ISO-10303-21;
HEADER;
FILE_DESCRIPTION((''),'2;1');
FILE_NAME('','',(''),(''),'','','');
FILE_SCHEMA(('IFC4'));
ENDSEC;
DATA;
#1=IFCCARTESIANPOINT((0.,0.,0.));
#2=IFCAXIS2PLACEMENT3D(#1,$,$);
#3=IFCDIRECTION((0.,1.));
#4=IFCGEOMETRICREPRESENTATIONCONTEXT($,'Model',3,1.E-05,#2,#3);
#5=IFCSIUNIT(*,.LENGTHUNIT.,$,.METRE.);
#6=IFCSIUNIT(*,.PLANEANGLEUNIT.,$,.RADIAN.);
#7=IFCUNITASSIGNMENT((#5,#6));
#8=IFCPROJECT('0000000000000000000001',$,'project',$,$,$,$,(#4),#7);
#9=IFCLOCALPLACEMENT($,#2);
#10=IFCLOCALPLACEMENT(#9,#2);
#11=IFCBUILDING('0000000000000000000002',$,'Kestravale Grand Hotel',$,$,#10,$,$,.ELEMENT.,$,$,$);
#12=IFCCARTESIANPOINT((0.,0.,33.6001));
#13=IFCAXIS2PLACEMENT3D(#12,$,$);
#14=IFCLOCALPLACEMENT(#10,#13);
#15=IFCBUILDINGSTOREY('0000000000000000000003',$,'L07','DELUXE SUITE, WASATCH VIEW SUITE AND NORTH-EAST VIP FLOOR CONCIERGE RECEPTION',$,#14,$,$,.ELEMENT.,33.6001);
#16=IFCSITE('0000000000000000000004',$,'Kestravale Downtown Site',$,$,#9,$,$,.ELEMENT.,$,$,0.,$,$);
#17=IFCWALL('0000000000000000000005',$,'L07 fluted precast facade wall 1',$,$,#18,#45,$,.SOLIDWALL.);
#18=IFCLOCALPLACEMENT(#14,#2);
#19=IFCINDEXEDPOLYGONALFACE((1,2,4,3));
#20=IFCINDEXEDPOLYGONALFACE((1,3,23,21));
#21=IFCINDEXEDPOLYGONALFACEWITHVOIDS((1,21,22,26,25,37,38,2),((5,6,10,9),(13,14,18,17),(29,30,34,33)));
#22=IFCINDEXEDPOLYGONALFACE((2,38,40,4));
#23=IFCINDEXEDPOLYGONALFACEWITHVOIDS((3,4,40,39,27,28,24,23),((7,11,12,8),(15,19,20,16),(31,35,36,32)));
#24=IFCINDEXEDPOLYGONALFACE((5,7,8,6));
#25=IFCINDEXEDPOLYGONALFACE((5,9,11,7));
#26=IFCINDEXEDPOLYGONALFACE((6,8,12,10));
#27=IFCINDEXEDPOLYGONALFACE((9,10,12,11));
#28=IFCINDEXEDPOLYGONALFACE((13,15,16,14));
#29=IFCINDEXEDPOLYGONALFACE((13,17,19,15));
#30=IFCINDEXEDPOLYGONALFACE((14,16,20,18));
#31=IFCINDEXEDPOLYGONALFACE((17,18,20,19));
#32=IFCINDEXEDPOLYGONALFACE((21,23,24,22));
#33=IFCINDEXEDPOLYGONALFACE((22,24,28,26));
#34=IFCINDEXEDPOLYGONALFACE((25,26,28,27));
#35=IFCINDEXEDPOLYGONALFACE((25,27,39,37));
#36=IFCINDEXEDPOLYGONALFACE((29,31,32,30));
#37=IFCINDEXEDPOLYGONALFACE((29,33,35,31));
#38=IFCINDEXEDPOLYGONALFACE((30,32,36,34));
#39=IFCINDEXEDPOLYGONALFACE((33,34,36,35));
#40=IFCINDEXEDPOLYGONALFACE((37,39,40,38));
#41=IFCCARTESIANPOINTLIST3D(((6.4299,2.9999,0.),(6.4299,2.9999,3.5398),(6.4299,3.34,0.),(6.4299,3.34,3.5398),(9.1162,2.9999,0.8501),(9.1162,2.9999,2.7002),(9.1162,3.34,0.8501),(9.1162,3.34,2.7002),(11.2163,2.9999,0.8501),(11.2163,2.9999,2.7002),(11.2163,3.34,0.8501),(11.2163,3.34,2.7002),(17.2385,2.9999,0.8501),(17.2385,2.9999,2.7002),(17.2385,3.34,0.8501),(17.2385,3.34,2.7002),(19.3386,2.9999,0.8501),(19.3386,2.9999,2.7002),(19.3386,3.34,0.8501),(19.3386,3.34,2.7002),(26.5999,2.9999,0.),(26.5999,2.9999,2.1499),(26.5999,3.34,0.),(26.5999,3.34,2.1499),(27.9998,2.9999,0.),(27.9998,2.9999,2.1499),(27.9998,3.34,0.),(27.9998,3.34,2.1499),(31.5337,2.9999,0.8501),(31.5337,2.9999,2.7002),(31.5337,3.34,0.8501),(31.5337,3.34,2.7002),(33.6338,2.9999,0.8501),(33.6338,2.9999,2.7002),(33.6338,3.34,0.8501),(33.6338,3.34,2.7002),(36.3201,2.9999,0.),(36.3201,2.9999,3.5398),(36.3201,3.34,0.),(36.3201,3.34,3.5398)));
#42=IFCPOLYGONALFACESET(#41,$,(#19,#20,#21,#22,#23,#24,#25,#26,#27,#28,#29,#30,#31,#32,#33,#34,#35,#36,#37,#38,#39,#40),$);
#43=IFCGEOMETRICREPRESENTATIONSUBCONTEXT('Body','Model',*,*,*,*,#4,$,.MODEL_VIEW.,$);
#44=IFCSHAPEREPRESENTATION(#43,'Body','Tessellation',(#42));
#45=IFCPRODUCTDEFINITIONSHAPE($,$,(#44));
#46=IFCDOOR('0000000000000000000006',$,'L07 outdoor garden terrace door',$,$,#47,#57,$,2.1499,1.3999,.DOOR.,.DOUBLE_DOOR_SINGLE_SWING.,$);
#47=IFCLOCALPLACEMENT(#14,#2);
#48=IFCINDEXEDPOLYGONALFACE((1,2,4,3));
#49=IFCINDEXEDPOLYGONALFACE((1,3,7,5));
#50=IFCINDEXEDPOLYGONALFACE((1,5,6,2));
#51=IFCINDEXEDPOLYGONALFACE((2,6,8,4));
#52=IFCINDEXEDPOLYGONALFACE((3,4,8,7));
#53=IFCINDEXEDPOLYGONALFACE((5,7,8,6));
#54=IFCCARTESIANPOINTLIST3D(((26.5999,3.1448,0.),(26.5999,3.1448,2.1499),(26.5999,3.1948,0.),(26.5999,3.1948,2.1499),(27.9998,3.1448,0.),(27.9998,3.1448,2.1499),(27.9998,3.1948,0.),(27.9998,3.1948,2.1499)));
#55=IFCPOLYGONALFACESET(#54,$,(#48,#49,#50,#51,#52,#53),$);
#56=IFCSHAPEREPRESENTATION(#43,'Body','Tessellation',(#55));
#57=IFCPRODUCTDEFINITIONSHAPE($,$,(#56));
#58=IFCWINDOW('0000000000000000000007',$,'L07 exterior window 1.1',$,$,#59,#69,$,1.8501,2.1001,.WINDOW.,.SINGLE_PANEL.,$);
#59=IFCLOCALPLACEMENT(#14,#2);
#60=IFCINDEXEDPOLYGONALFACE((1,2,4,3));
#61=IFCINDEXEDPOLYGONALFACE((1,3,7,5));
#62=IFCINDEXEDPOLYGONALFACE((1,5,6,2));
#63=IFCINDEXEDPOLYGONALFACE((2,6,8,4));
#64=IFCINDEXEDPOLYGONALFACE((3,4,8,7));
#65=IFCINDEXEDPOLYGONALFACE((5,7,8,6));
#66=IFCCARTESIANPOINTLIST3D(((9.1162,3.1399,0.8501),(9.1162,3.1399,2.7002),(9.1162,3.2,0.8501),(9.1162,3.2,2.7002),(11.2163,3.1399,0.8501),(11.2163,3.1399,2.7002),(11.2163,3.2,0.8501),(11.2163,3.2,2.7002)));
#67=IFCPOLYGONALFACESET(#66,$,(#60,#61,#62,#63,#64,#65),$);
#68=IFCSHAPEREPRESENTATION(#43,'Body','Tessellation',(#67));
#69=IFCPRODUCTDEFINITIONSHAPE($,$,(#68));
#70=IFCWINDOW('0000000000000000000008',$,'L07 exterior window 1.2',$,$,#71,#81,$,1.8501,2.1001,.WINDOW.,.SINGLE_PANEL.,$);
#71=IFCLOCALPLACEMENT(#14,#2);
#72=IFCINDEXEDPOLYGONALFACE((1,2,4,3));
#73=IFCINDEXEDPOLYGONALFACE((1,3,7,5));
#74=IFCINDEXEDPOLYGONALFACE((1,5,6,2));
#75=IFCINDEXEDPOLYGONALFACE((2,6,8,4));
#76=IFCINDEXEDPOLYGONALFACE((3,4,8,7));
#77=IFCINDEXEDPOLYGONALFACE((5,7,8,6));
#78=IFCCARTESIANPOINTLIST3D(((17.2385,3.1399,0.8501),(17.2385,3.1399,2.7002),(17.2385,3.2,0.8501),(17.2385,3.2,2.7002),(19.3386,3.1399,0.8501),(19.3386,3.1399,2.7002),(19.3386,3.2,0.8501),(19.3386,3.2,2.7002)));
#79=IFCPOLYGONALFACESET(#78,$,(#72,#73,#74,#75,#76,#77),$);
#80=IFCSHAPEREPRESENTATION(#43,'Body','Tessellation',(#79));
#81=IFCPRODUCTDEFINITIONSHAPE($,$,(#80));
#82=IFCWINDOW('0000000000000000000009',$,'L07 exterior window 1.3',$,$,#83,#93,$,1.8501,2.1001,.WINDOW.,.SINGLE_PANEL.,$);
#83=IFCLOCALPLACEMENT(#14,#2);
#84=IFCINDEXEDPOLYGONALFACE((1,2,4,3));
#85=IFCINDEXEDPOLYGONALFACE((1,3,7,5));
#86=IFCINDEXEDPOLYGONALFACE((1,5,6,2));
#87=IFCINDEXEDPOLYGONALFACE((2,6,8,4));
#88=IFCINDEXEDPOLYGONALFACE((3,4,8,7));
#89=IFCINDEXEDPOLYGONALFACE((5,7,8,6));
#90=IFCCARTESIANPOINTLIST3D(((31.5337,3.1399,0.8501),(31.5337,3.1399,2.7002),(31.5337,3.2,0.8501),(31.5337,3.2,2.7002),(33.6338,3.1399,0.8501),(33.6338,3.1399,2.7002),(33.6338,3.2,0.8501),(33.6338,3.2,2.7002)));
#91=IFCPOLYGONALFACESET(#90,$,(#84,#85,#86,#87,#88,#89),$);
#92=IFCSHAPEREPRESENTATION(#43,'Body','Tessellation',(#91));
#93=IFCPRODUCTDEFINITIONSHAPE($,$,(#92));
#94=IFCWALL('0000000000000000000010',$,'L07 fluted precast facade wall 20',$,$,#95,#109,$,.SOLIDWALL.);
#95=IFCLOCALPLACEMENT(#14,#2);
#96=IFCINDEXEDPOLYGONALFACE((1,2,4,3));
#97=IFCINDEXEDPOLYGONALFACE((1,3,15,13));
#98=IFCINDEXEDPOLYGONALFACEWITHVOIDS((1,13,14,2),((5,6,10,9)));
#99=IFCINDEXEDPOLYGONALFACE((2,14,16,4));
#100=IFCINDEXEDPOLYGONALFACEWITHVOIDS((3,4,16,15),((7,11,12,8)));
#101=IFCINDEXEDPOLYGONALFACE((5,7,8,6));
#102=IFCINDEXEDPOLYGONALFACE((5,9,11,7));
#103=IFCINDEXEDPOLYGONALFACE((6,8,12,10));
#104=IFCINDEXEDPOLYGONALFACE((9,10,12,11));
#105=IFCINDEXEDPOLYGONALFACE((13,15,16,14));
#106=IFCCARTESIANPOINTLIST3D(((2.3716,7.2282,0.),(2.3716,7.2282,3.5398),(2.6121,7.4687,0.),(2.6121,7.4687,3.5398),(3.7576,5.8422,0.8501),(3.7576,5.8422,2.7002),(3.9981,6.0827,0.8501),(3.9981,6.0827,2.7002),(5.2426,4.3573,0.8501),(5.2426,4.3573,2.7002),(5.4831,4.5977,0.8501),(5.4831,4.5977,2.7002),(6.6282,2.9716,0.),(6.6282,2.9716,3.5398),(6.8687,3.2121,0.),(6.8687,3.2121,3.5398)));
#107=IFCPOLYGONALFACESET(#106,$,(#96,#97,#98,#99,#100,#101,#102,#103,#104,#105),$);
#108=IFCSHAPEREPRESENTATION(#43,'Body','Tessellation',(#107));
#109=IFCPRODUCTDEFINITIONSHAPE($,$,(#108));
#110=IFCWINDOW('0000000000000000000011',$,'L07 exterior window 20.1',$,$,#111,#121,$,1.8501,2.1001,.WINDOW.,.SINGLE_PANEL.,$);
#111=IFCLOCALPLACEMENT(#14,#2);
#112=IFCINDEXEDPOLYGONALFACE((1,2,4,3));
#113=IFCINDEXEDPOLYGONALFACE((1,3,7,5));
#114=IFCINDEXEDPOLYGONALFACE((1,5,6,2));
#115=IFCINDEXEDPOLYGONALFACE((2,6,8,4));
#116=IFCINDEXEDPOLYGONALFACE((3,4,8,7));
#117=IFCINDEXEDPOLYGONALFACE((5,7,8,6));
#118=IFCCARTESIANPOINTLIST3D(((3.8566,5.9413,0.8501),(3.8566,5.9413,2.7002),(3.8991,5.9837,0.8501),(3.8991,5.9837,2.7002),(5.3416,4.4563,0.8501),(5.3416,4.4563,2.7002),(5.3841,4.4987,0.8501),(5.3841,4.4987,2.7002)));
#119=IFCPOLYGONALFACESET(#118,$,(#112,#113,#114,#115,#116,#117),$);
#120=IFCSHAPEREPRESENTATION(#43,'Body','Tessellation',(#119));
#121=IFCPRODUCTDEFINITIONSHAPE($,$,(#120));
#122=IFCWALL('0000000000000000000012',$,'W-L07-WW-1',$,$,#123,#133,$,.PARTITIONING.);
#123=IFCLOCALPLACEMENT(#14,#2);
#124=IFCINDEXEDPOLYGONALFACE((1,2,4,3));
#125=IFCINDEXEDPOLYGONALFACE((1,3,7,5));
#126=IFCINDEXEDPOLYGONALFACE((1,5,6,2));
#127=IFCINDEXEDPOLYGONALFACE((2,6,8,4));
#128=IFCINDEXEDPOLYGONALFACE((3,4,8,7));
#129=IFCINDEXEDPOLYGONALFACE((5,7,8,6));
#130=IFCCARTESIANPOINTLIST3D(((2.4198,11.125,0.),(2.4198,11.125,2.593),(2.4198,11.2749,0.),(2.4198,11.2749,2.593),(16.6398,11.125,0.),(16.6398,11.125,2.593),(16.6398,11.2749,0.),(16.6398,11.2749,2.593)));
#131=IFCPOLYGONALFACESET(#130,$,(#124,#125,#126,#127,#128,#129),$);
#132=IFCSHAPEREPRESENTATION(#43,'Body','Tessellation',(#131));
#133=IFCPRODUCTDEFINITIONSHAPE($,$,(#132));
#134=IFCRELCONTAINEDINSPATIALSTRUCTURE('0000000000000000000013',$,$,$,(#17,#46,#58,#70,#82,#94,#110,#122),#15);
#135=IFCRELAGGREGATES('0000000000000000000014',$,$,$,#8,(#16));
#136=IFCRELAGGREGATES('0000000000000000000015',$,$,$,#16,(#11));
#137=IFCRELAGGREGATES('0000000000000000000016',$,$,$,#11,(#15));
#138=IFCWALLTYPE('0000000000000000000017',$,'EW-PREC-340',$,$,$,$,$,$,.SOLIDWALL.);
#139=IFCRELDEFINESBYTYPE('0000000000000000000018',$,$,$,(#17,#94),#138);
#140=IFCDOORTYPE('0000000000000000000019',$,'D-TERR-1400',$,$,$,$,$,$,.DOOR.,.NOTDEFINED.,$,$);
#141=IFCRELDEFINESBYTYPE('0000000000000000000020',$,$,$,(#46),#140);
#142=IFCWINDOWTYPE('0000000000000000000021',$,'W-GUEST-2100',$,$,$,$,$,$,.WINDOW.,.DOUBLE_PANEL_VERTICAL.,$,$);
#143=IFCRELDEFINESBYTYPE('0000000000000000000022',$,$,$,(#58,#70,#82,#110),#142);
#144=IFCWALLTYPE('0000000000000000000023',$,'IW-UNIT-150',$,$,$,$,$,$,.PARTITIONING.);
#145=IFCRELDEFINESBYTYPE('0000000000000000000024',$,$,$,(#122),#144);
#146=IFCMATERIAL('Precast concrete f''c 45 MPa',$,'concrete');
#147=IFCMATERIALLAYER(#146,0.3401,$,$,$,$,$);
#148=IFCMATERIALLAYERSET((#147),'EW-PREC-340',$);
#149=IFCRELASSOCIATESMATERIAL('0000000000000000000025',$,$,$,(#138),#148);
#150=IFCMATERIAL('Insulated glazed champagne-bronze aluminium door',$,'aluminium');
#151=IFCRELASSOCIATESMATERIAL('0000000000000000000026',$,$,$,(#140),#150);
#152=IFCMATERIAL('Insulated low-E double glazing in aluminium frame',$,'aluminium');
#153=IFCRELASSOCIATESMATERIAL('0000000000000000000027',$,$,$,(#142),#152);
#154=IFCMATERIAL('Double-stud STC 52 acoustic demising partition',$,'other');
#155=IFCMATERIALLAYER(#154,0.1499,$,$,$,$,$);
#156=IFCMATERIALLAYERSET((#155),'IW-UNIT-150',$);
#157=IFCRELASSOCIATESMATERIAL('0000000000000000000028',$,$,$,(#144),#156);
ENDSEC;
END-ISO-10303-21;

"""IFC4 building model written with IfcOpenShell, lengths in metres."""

from ifc_helpers import new_model, si_unit, direction, frame, frame_2d, origin, place, context, subcontext, project, spatial, rectangle, extrude, material, layer, layer_set, type_object, element, fill, save


model = new_model("IFC4")

# Units and contexts
model_context = context("Model", 3, precision=1e-05, world=origin(), true_north=direction((0.0, 1.0)))
body_context = subcontext(model_context, "Body", "Model", "MODEL_VIEW")
ifc_project = project(units=[si_unit("LENGTHUNIT", "METRE"), si_unit("PLANEANGLEUNIT", "RADIAN")], contexts=[model_context])

# Site, building, storey
site_placement = place(None, origin())
site = spatial("IfcSite", under=ifc_project, at=site_placement, Name="Kestravale Downtown Site", CompositionType="ELEMENT", RefElevation=0.0)
building_placement = place(site_placement, origin())
building = spatial("IfcBuilding", under=site, at=building_placement, Name="Kestravale Grand Hotel", CompositionType="ELEMENT")
storey_placement = place(building_placement, frame((0.0, 0.0, 33.6001)))
storey = spatial("IfcBuildingStorey", under=building, at=storey_placement, Name="L07", Description="DELUXE SUITE, WASATCH VIEW SUITE AND NORTH-EAST VIP FLOOR CONCIERGE RECEPTION", CompositionType="ELEMENT", Elevation=33.6001)

# Wall, openings, door, windows
ifc_material_1 = material(Name="Precast concrete f'c 45 MPa", Category="concrete")
ifc_layer_1 = layer(ifc_material_1, 0.3401)
ifc_layer_set_1 = layer_set([ifc_layer_1], Name="EW-PREC-340")
wall_type_1 = type_object("IfcWallType", Name="EW-PREC-340", PredefinedType="SOLIDWALL", material=ifc_layer_set_1)
wall_1_placement = place(storey_placement, frame((6.4299, 3.1699, 0.0), z_axis=(0.0, 0.0, 1.0), x_axis=(1.0, 0.0, 0.0)))
wall_1 = element("IfcWall", 1, at=wall_1_placement, inside=storey, type_object=wall_type_1, Name="L07 fluted precast facade wall 1", PredefinedType="SOLIDWALL", context=body_context, shape_type="SweptSolid", body=[
    extrude(rectangle(XDim=29.8901, YDim=0.3401, at=frame_2d((14.9451, 0.0))), origin(), (0.0, 0.0, 1.0), 3.5398),
])
opening_1_placement = place(wall_1_placement, frame((20.1699, 0.0, 0.0)))
opening_1 = element("IfcOpeningElement", 2, at=opening_1_placement, cuts=wall_1, PredefinedType="OPENING", context=body_context, shape_type="SweptSolid", body=[
    extrude(rectangle(XDim=1.3999, YDim=2.1499, at=frame_2d((0.7, 1.075))), frame((0.0, 0.1799, 0.0), z_axis=(0.0, -1.0, 0.0), x_axis=(1.0, 0.0, 0.0)), (0.0, 0.0, 1.0), 0.3601),
])
opening_2_placement = place(wall_1_placement, frame((2.6863, 0.0, 0.8501)))
opening_2 = element("IfcOpeningElement", 3, at=opening_2_placement, cuts=wall_1, PredefinedType="OPENING", context=body_context, shape_type="SweptSolid", body=[
    extrude(rectangle(XDim=2.1001, YDim=1.8501, at=frame_2d((1.05, 0.925))), frame((0.0, 0.1799, 0.0), z_axis=(0.0, -1.0, 0.0), x_axis=(1.0, 0.0, 0.0)), (0.0, 0.0, 1.0), 0.3601),
])
opening_3_placement = place(wall_1_placement, frame((10.8086, 0.0, 0.8501)))
opening_3 = element("IfcOpeningElement", 4, at=opening_3_placement, cuts=wall_1, PredefinedType="OPENING", context=body_context, shape_type="SweptSolid", body=[
    extrude(rectangle(XDim=2.1001, YDim=1.8501, at=frame_2d((1.05, 0.925))), frame((0.0, 0.1799, 0.0), z_axis=(0.0, -1.0, 0.0), x_axis=(1.0, 0.0, 0.0)), (0.0, 0.0, 1.0), 0.3601),
])
opening_4_placement = place(wall_1_placement, frame((25.1038, 0.0, 0.8501)))
opening_4 = element("IfcOpeningElement", 5, at=opening_4_placement, cuts=wall_1, PredefinedType="OPENING", context=body_context, shape_type="SweptSolid", body=[
    extrude(rectangle(XDim=2.1001, YDim=1.8501, at=frame_2d((1.05, 0.925))), frame((0.0, 0.1799, 0.0), z_axis=(0.0, -1.0, 0.0), x_axis=(1.0, 0.0, 0.0)), (0.0, 0.0, 1.0), 0.3601),
])
ifc_material_2 = material(Name="Insulated glazed champagne-bronze aluminium door", Category="aluminium")
door_type = type_object("IfcDoorType", Name="D-TERR-1400", OperationType="NOTDEFINED", PredefinedType="DOOR", material=ifc_material_2)
door_placement = place(opening_1_placement, origin())
door = element("IfcDoor", 6, at=door_placement, inside=storey, type_object=door_type, Name="L07 outdoor garden terrace door", OperationType="DOUBLE_DOOR_SINGLE_SWING", OverallHeight=2.1499, OverallWidth=1.3999, PredefinedType="DOOR", context=body_context, shape_type="SweptSolid", body=[
    extrude(rectangle(XDim=1.3999, YDim=2.1499, at=frame_2d((0.7, 1.075))), frame((0.0, 0.0249, 0.0), z_axis=(0.0, -1.0, 0.0), x_axis=(1.0, 0.0, 0.0)), (0.0, 0.0, 1.0), 0.05),
])
fill(opening_1, door)
ifc_material_3 = material(Name="Insulated low-E double glazing in aluminium frame", Category="aluminium")
window_type = type_object("IfcWindowType", Name="W-GUEST-2100", PartitioningType="DOUBLE_PANEL_VERTICAL", PredefinedType="WINDOW", material=ifc_material_3)
window_1_placement = place(opening_2_placement, origin())
window_1 = element("IfcWindow", 7, at=window_1_placement, inside=storey, type_object=window_type, Name="L07 exterior window 1.1", OverallHeight=1.8501, OverallWidth=2.1001, PartitioningType="SINGLE_PANEL", PredefinedType="WINDOW", context=body_context, shape_type="SweptSolid", body=[
    extrude(rectangle(XDim=2.1001, YDim=1.8501, at=frame_2d((1.05, 0.925))), frame((0.0, 0.03, 0.0), z_axis=(0.0, -1.0, 0.0), x_axis=(1.0, 0.0, 0.0)), (0.0, 0.0, 1.0), 0.0601),
])
fill(opening_2, window_1)
window_2_placement = place(opening_3_placement, origin())
window_2 = element("IfcWindow", 8, at=window_2_placement, inside=storey, type_object=window_type, Name="L07 exterior window 1.2", OverallHeight=1.8501, OverallWidth=2.1001, PartitioningType="SINGLE_PANEL", PredefinedType="WINDOW", context=body_context, shape_type="SweptSolid", body=[
    extrude(rectangle(XDim=2.1001, YDim=1.8501, at=frame_2d((1.05, 0.925))), frame((0.0, 0.03, 0.0), z_axis=(0.0, -1.0, 0.0), x_axis=(1.0, 0.0, 0.0)), (0.0, 0.0, 1.0), 0.0601),
])
fill(opening_3, window_2)
window_3_placement = place(opening_4_placement, origin())
window_3 = element("IfcWindow", 9, at=window_3_placement, inside=storey, type_object=window_type, Name="L07 exterior window 1.3", OverallHeight=1.8501, OverallWidth=2.1001, PartitioningType="SINGLE_PANEL", PredefinedType="WINDOW", context=body_context, shape_type="SweptSolid", body=[
    extrude(rectangle(XDim=2.1001, YDim=1.8501, at=frame_2d((1.05, 0.925))), frame((0.0, 0.03, 0.0), z_axis=(0.0, -1.0, 0.0), x_axis=(1.0, 0.0, 0.0)), (0.0, 0.0, 1.0), 0.0601),
])
fill(opening_4, window_3)

# Wall, opening, window
wall_2_placement = place(storey_placement, frame((2.4919, 7.3484, 0.0), z_axis=(0.0, 0.0, 1.0), x_axis=(0.707107, -0.707107, 0.0)))
wall_2 = element("IfcWall", 10, at=wall_2_placement, inside=storey, type_object=wall_type_1, Name="L07 fluted precast facade wall 20", PredefinedType="SOLIDWALL", context=body_context, shape_type="SweptSolid", body=[
    extrude(rectangle(XDim=6.0198, YDim=0.3401, at=frame_2d((3.0098, 0.0))), origin(), (0.0, 0.0, 1.0), 3.5398),
])
opening_5_placement = place(wall_2_placement, frame((1.96, 0.0, 0.8501)))
opening_5 = element("IfcOpeningElement", 11, at=opening_5_placement, cuts=wall_2, PredefinedType="OPENING", context=body_context, shape_type="SweptSolid", body=[
    extrude(rectangle(XDim=2.1001, YDim=1.8501, at=frame_2d((1.05, 0.925))), frame((0.0, 0.1799, 0.0), z_axis=(0.0, -1.0, 0.0), x_axis=(1.0, 0.0, 0.0)), (0.0, 0.0, 1.0), 0.3601),
])
window_4_placement = place(opening_5_placement, origin())
window_4 = element("IfcWindow", 12, at=window_4_placement, inside=storey, type_object=window_type, Name="L07 exterior window 20.1", OverallHeight=1.8501, OverallWidth=2.1001, PartitioningType="SINGLE_PANEL", PredefinedType="WINDOW", context=body_context, shape_type="SweptSolid", body=[
    extrude(rectangle(XDim=2.1001, YDim=1.8501, at=frame_2d((1.05, 0.925))), frame((0.0, 0.03, 0.0), z_axis=(0.0, -1.0, 0.0), x_axis=(1.0, 0.0, 0.0)), (0.0, 0.0, 1.0), 0.0601),
])
fill(opening_5, window_4)

# Wall
ifc_material_4 = material(Name="Double-stud STC 52 acoustic demising partition", Category="other")
ifc_layer_2 = layer(ifc_material_4, 0.1499)
ifc_layer_set_2 = layer_set([ifc_layer_2], Name="IW-UNIT-150")
wall_type_2 = type_object("IfcWallType", Name="IW-UNIT-150", PredefinedType="PARTITIONING", material=ifc_layer_set_2)
wall_3_placement = place(storey_placement, frame((2.4199, 11.2, 0.0), z_axis=(0.0, 0.0, 1.0), x_axis=(1.0, 0.0, 0.0)))
element("IfcWall", 13, at=wall_3_placement, inside=storey, type_object=wall_type_2, Name="W-L07-WW-1", PredefinedType="PARTITIONING", context=body_context, shape_type="SweptSolid", body=[
    extrude(rectangle(XDim=14.22, YDim=0.1499, at=frame_2d((7.1099, 0.0))), origin(), (0.0, 0.0, 1.0), 2.593),
])

save(model, "model.ifc")
